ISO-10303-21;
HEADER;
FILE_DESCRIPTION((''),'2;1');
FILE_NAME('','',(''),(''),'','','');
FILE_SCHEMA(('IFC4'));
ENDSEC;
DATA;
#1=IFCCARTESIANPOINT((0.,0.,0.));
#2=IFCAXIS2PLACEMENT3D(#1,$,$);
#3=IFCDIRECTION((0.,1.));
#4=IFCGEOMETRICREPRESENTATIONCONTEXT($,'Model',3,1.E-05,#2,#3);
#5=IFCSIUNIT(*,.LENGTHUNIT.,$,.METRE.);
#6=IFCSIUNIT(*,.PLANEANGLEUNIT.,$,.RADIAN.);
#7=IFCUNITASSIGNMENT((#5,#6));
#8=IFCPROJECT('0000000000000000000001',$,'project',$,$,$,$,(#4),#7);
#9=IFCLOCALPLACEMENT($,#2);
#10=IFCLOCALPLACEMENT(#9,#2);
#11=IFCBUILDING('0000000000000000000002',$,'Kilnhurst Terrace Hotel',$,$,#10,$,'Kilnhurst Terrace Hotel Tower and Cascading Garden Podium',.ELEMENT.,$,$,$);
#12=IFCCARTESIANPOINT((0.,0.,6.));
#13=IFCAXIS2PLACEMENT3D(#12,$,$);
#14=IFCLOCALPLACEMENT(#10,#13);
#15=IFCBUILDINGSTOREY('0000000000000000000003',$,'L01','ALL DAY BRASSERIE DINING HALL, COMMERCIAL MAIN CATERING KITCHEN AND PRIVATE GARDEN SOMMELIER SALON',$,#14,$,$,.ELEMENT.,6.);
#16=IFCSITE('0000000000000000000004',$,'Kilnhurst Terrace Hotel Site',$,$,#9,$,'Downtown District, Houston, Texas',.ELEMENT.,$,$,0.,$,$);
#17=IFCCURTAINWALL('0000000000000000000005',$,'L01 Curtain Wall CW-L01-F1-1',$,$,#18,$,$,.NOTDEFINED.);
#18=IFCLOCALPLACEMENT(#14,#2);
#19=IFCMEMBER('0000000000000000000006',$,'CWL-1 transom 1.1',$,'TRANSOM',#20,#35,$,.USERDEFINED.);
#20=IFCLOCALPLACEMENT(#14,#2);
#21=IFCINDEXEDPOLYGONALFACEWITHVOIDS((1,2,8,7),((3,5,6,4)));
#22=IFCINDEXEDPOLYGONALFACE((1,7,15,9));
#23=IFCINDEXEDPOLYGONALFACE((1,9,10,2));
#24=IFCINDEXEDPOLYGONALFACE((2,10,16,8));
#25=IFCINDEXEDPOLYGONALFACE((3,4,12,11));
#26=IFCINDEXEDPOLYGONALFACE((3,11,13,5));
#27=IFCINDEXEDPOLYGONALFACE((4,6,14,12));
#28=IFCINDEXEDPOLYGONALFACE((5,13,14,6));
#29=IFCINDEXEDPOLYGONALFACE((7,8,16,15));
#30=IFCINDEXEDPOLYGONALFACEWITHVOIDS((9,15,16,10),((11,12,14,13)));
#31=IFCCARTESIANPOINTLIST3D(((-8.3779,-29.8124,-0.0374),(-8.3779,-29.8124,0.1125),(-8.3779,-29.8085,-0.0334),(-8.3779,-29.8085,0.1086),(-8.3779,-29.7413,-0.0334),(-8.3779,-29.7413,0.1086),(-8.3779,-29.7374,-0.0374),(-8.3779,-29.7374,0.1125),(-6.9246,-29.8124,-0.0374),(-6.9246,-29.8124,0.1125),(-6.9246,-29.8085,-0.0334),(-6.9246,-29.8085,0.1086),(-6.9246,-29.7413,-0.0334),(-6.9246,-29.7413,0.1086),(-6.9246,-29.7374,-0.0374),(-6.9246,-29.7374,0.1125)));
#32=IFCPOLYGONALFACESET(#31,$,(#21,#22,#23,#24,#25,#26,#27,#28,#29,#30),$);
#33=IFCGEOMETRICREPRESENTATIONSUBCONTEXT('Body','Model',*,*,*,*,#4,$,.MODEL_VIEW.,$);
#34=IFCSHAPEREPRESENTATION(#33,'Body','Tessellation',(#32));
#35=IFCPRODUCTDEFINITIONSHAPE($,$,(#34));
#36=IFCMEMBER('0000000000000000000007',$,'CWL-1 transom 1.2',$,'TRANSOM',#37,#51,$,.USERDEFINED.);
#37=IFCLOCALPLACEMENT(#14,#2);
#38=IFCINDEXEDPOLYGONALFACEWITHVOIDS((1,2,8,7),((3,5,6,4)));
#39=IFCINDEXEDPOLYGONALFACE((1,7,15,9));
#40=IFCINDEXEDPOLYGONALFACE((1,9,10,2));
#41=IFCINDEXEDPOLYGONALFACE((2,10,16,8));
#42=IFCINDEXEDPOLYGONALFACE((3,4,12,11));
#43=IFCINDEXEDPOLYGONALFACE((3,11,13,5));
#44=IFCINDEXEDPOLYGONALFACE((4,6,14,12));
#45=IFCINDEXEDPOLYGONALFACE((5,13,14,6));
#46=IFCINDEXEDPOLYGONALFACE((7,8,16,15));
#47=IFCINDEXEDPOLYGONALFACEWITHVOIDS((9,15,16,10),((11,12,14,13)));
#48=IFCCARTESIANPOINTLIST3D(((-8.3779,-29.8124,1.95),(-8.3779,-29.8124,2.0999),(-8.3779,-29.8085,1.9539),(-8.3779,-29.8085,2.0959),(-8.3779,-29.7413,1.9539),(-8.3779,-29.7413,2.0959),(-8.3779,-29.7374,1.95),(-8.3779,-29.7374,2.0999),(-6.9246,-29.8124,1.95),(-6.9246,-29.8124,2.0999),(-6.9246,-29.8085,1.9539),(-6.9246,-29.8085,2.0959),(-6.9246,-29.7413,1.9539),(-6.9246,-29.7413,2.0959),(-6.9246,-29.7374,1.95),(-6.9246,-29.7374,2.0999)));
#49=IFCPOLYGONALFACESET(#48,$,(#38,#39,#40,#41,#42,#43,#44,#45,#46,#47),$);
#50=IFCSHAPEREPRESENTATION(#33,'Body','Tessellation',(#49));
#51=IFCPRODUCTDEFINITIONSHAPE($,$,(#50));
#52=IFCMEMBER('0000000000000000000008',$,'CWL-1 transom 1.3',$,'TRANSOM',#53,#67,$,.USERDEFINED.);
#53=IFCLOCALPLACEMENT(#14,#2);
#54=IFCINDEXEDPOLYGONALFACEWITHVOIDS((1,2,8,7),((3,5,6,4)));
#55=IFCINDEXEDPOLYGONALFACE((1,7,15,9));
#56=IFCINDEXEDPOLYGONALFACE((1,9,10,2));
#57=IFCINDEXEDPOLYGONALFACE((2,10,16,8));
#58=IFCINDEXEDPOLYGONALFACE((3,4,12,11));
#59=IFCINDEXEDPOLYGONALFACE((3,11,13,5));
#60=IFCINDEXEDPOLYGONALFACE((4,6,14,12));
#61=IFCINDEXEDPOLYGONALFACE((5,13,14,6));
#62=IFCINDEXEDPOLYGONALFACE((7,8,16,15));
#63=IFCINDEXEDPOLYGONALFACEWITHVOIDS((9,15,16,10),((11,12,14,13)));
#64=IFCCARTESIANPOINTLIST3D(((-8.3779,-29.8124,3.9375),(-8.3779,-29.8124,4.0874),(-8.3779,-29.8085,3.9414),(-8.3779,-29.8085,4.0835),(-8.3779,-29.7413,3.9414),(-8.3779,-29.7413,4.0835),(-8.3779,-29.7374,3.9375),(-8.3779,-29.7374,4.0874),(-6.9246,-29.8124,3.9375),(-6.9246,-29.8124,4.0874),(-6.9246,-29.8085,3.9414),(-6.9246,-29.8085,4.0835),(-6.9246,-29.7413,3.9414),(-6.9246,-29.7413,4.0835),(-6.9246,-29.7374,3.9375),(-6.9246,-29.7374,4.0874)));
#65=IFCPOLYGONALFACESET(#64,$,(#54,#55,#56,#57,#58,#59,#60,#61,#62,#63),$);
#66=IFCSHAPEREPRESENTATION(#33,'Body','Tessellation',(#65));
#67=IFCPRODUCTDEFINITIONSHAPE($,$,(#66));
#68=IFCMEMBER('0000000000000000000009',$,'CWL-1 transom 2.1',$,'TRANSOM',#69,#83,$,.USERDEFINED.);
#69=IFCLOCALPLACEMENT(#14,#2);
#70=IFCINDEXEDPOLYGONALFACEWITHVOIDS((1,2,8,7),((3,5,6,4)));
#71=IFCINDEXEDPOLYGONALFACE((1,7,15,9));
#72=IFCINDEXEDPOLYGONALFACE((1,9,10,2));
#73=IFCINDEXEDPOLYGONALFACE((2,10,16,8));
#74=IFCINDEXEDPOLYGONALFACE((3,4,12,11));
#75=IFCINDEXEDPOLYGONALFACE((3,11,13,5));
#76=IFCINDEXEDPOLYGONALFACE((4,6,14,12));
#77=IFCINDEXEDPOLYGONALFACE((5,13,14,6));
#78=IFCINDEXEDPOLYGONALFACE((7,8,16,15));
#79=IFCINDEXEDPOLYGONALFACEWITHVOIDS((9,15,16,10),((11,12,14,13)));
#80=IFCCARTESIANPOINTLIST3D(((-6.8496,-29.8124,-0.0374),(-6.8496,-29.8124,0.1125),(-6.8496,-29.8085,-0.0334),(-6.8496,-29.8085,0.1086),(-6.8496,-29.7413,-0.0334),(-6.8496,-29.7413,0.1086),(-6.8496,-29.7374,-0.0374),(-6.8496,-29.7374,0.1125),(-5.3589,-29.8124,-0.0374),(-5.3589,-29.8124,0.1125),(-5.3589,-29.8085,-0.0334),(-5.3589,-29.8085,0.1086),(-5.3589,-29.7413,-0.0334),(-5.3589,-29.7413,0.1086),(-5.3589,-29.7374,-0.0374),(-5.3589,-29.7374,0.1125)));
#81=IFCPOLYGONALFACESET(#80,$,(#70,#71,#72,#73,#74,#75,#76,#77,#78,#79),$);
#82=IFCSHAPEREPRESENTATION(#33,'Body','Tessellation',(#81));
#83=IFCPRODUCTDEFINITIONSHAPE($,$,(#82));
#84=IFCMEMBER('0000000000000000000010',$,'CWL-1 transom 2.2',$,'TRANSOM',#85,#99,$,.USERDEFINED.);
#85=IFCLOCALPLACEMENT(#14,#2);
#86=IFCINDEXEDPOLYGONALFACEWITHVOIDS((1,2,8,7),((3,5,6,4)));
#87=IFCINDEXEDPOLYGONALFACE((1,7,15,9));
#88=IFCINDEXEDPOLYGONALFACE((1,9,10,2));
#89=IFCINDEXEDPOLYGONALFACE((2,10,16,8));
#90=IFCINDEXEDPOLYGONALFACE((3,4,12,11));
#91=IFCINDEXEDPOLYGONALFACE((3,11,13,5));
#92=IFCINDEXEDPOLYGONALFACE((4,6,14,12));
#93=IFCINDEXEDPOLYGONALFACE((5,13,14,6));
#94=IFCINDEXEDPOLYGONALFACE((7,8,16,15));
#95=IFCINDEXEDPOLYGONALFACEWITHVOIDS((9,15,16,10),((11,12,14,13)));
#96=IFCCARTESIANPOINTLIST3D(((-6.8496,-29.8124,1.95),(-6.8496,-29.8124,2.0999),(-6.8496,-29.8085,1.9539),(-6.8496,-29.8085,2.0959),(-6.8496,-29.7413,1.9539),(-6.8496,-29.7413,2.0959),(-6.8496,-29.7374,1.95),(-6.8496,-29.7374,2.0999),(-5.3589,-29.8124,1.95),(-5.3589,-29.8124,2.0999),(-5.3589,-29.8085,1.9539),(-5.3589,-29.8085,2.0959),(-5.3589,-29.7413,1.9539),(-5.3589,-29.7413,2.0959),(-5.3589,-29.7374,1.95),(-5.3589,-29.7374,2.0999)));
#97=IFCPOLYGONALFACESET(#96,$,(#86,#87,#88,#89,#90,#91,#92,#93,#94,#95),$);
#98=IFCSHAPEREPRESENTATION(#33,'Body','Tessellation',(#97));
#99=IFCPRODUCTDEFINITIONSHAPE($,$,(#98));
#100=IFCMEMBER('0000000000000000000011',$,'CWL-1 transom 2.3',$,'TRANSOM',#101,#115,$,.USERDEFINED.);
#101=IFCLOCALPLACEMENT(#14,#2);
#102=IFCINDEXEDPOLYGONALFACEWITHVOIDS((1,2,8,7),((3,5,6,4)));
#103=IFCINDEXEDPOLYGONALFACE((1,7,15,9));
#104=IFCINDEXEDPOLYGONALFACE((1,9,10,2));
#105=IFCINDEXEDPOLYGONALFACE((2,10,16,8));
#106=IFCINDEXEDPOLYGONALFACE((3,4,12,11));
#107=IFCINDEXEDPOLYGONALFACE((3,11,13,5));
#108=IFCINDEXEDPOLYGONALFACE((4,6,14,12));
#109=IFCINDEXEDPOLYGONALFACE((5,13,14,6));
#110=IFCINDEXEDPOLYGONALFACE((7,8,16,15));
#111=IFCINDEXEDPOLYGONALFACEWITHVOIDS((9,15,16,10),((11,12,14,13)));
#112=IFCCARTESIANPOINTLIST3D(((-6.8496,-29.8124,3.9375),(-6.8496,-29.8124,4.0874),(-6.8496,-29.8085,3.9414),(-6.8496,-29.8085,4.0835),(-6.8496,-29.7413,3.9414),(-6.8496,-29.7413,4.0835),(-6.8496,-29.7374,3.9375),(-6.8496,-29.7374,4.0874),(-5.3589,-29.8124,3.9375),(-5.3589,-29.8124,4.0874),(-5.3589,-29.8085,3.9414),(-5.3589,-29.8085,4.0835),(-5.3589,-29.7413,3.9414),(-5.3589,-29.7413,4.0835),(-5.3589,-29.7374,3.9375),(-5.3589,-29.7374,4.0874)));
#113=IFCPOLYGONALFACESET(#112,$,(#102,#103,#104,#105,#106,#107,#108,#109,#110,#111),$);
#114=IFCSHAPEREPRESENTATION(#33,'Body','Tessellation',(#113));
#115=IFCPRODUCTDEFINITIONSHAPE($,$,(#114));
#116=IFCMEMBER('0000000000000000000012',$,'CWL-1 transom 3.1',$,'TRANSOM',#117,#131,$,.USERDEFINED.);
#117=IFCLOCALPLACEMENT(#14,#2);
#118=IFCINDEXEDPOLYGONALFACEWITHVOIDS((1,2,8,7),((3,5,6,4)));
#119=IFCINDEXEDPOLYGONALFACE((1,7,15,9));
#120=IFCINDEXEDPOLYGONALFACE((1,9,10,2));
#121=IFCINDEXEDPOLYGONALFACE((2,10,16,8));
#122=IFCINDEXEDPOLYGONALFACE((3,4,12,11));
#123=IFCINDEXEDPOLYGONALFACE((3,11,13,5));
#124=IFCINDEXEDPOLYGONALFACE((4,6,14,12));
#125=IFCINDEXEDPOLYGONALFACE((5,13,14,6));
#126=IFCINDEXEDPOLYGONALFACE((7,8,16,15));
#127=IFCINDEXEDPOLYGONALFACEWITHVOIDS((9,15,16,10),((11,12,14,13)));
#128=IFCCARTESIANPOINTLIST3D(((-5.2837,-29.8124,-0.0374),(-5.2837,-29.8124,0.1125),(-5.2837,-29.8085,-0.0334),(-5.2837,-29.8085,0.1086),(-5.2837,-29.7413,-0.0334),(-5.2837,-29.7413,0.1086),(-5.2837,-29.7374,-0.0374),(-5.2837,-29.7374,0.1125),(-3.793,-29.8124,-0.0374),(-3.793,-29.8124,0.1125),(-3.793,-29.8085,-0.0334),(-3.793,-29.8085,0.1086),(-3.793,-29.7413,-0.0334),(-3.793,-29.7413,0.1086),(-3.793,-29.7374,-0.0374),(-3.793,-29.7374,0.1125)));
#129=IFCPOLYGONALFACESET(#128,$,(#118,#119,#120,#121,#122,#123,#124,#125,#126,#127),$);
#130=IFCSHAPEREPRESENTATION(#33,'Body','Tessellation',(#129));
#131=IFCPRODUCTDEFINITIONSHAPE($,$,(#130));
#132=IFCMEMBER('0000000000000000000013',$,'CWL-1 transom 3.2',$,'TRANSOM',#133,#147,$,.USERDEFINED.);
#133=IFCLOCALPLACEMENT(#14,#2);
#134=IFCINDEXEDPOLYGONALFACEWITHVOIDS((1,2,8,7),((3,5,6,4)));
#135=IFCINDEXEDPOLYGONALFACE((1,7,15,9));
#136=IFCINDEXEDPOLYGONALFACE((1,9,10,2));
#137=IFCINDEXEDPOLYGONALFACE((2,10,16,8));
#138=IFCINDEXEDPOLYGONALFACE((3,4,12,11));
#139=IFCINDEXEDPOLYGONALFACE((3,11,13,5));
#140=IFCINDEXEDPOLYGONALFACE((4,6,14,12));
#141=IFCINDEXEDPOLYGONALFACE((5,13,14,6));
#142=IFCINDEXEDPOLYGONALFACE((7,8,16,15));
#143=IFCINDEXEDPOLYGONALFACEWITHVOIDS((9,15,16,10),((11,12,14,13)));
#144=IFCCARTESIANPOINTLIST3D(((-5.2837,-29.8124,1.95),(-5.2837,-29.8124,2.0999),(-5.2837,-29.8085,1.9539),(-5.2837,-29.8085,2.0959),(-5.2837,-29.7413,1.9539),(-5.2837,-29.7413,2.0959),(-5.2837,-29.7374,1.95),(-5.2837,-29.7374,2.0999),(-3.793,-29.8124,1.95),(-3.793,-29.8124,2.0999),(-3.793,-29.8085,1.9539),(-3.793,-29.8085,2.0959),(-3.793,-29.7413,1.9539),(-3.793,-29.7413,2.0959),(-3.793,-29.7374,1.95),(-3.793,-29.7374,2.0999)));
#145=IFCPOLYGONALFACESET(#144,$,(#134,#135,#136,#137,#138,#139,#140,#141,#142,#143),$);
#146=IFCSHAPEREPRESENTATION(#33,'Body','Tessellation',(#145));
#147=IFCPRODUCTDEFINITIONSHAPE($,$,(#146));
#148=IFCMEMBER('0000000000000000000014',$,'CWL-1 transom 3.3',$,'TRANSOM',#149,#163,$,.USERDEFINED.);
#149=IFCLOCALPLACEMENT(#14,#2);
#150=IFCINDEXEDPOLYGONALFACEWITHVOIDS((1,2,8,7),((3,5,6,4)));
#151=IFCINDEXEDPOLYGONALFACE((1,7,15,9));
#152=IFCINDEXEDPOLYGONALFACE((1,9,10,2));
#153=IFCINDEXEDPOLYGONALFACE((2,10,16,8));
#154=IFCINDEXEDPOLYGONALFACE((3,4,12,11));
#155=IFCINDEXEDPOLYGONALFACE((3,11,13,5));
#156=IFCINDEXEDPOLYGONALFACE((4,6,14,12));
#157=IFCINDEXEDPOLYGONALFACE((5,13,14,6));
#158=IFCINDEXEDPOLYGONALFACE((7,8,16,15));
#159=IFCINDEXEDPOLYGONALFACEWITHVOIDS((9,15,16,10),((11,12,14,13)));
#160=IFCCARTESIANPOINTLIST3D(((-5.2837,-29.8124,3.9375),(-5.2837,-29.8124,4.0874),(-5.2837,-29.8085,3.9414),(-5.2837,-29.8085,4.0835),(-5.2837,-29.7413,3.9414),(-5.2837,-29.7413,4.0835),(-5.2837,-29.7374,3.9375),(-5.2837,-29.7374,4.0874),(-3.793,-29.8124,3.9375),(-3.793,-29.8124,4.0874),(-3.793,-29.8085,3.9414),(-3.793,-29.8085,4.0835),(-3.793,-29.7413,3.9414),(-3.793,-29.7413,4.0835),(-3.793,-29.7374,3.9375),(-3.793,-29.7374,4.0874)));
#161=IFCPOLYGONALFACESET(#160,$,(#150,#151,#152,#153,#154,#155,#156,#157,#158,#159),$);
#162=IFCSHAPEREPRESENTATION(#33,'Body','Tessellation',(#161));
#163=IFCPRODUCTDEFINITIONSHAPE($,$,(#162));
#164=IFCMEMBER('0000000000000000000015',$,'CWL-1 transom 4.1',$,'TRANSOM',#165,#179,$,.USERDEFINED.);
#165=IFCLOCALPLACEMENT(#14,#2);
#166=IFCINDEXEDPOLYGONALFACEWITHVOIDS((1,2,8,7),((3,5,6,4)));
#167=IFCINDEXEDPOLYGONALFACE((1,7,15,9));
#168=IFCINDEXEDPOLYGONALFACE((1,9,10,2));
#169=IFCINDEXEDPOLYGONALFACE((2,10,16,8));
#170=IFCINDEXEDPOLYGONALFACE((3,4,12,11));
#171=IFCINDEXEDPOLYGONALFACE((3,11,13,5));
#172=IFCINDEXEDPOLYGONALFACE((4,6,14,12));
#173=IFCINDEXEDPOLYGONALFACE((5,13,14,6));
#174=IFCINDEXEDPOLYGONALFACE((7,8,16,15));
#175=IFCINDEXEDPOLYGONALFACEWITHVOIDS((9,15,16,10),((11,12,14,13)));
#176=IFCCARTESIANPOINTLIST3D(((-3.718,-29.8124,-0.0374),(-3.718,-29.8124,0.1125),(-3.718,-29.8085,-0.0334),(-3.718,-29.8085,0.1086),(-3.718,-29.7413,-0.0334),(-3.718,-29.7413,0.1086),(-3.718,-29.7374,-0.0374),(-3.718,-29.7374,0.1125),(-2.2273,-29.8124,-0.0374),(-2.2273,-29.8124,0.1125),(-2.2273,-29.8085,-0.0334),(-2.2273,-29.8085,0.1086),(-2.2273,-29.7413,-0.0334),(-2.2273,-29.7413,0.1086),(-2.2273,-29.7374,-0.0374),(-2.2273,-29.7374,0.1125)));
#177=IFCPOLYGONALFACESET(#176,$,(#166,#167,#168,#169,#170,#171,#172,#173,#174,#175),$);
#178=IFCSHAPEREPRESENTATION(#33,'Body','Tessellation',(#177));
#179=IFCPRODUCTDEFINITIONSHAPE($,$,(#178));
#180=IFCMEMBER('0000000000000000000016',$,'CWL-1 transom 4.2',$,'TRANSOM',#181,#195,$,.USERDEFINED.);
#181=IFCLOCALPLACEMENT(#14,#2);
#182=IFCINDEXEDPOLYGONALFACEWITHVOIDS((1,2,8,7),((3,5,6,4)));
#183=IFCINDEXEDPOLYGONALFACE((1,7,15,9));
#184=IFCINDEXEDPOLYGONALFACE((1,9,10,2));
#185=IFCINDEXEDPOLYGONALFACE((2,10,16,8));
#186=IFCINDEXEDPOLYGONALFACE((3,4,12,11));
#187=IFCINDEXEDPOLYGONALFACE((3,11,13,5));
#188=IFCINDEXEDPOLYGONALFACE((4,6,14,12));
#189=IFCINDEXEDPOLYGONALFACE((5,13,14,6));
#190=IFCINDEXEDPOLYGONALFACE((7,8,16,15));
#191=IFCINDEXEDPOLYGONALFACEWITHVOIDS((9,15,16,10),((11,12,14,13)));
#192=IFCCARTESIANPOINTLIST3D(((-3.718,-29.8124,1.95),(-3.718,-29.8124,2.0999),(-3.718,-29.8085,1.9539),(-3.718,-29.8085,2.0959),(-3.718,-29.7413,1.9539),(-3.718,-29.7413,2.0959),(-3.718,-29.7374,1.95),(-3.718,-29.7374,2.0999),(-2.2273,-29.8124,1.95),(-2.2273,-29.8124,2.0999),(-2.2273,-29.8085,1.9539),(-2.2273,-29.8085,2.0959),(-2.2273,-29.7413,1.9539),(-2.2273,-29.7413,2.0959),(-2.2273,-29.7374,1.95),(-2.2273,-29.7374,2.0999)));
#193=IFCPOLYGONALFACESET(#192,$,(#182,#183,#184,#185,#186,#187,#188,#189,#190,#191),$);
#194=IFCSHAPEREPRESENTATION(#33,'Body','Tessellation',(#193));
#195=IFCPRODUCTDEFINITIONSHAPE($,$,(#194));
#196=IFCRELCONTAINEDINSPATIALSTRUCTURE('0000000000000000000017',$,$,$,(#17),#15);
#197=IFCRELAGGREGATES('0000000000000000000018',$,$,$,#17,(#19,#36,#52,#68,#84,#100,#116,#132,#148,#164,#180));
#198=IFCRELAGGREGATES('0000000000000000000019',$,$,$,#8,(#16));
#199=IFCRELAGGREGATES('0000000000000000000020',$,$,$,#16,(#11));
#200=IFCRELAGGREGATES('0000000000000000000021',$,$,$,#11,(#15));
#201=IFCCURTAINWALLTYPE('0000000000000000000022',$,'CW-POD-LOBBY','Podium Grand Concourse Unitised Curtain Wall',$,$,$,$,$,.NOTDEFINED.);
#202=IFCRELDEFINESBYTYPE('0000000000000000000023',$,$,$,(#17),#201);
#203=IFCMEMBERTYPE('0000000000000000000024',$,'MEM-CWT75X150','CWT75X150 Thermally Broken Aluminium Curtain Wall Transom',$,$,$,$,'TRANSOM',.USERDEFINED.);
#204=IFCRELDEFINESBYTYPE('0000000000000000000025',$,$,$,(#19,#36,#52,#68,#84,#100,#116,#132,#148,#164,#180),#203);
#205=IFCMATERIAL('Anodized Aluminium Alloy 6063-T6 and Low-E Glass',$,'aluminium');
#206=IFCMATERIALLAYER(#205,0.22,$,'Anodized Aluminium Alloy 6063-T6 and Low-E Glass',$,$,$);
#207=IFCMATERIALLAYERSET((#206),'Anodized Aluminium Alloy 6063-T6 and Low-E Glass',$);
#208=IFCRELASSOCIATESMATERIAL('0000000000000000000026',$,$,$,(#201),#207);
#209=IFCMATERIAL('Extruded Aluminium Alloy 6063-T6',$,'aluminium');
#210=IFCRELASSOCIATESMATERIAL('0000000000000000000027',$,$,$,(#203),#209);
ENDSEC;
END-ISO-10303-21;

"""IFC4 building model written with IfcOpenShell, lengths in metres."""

from ifc_helpers import new_model, si_unit, direction, frame, origin, origin_2d, place, context, subcontext, project, spatial, hollow_rectangle, extrude, material, layer, layer_set, material_profile, profile_set, type_object, element, aggregate, save


model = new_model("IFC4")

# Units and contexts
model_context = context("Model", 3, precision=1e-05, world=origin(), true_north=direction((0.0, 1.0)))
body_context = subcontext(model_context, "Body", "Model", "MODEL_VIEW")
ifc_project = project(units=[si_unit("LENGTHUNIT", "METRE"), si_unit("PLANEANGLEUNIT", "RADIAN")], contexts=[model_context])

# Site, building, storey
site_placement = place(None, origin())
site = spatial("IfcSite", under=ifc_project, at=site_placement, Name="Kilnhurst Terrace Hotel Site", LongName="Downtown District, Houston, Texas", CompositionType="ELEMENT", RefElevation=0.0)
building_placement = place(site_placement, origin())
building = spatial("IfcBuilding", under=site, at=building_placement, Name="Kilnhurst Terrace Hotel", LongName="Kilnhurst Terrace Hotel Tower and Cascading Garden Podium", CompositionType="ELEMENT")
storey_placement = place(building_placement, frame((0.0, 0.0, 6.0)))
storey = spatial("IfcBuildingStorey", under=building, at=storey_placement, Name="L01", Description="ALL DAY BRASSERIE DINING HALL, COMMERCIAL MAIN CATERING KITCHEN AND PRIVATE GARDEN SOMMELIER SALON", CompositionType="ELEMENT", Elevation=6.0)

# Curtain wall, members
ifc_material_1 = material(Name="Anodized Aluminium Alloy 6063-T6 and Low-E Glass", Category="aluminium")
ifc_layer_1 = layer(ifc_material_1, 0.22, Name="Anodized Aluminium Alloy 6063-T6 and Low-E Glass")
ifc_layer_set_1 = layer_set([ifc_layer_1], Name="Anodized Aluminium Alloy 6063-T6 and Low-E Glass")
curtain_wall_type = type_object("IfcCurtainWallType", Name="CW-POD-LOBBY", Description="Podium Grand Concourse Unitised Curtain Wall", PredefinedType="NOTDEFINED", material=ifc_layer_set_1)
curtain_wall_placement = place(storey_placement, origin())
curtain_wall = element("IfcCurtainWall", 1, at=curtain_wall_placement, inside=storey, type_object=curtain_wall_type, Name="L01 Curtain Wall CW-L01-F1-1", PredefinedType="NOTDEFINED")
ifc_material_2 = material(Name="Extruded Aluminium Alloy 6063-T6", Category="aluminium")
ifc_material_profile_1 = material_profile(ifc_material_2, hollow_rectangle(XDim=0.075, YDim=0.1499, WallThickness=0.0039, at=origin_2d()), Name="CWT75X150")
ifc_profile_set_1 = profile_set([ifc_material_profile_1], Name="Extruded Aluminium Alloy 6063-T6")
member_type_1 = type_object("IfcMemberType", Name="MEM-CWT75X150", Description="CWT75X150 Thermally Broken Aluminium Curtain Wall Transom", ElementType="TRANSOM", PredefinedType="USERDEFINED", material=ifc_profile_set_1)
member_1_placement = place(storey_placement, frame((-8.3779, -29.7749, 0.0376), z_axis=(1.0, 0.0, 0.0), x_axis=(0.0, 1.0, 0.0)))
member_1 = element("IfcMember", 2, at=member_1_placement, type_object=member_type_1, Name="CWL-1 transom 1.1", ObjectType="TRANSOM", PredefinedType="USERDEFINED", context=body_context, shape_type="SweptSolid", body=[
    extrude(hollow_rectangle(XDim=0.075, YDim=0.1499, WallThickness=0.0039, at=origin_2d()), origin(), (0.0, 0.0, 1.0), 1.4534),
])
member_2_placement = place(storey_placement, frame((-8.3779, -29.7749, 2.0249), z_axis=(1.0, 0.0, 0.0), x_axis=(0.0, 1.0, 0.0)))
member_2 = element("IfcMember", 3, at=member_2_placement, type_object=member_type_1, Name="CWL-1 transom 1.2", ObjectType="TRANSOM", PredefinedType="USERDEFINED", context=body_context, shape_type="SweptSolid", body=[
    extrude(hollow_rectangle(XDim=0.075, YDim=0.1499, WallThickness=0.0039, at=origin_2d()), origin(), (0.0, 0.0, 1.0), 1.4534),
])
member_3_placement = place(storey_placement, frame((-8.3779, -29.7749, 4.0125), z_axis=(1.0, 0.0, 0.0), x_axis=(0.0, 1.0, 0.0)))
member_3 = element("IfcMember", 4, at=member_3_placement, type_object=member_type_1, Name="CWL-1 transom 1.3", ObjectType="TRANSOM", PredefinedType="USERDEFINED", context=body_context, shape_type="SweptSolid", body=[
    extrude(hollow_rectangle(XDim=0.075, YDim=0.1499, WallThickness=0.0039, at=origin_2d()), origin(), (0.0, 0.0, 1.0), 1.4534),
])
member_4_placement = place(storey_placement, frame((-6.8496, -29.7749, 0.0376), z_axis=(1.0, 0.0, 0.0), x_axis=(0.0, 1.0, 0.0)))
member_4 = element("IfcMember", 5, at=member_4_placement, type_object=member_type_1, Name="CWL-1 transom 2.1", ObjectType="TRANSOM", PredefinedType="USERDEFINED", context=body_context, shape_type="SweptSolid", body=[
    extrude(hollow_rectangle(XDim=0.075, YDim=0.1499, WallThickness=0.0039, at=origin_2d()), origin(), (0.0, 0.0, 1.0), 1.4907),
])
member_5_placement = place(storey_placement, frame((-6.8496, -29.7749, 2.0249), z_axis=(1.0, 0.0, 0.0), x_axis=(0.0, 1.0, 0.0)))
member_5 = element("IfcMember", 6, at=member_5_placement, type_object=member_type_1, Name="CWL-1 transom 2.2", ObjectType="TRANSOM", PredefinedType="USERDEFINED", context=body_context, shape_type="SweptSolid", body=[
    extrude(hollow_rectangle(XDim=0.075, YDim=0.1499, WallThickness=0.0039, at=origin_2d()), origin(), (0.0, 0.0, 1.0), 1.4907),
])
member_6_placement = place(storey_placement, frame((-6.8496, -29.7749, 4.0125), z_axis=(1.0, 0.0, 0.0), x_axis=(0.0, 1.0, 0.0)))
member_6 = element("IfcMember", 7, at=member_6_placement, type_object=member_type_1, Name="CWL-1 transom 2.3", ObjectType="TRANSOM", PredefinedType="USERDEFINED", context=body_context, shape_type="SweptSolid", body=[
    extrude(hollow_rectangle(XDim=0.075, YDim=0.1499, WallThickness=0.0039, at=origin_2d()), origin(), (0.0, 0.0, 1.0), 1.4907),
])
member_7_placement = place(storey_placement, frame((-5.2837, -29.7749, 0.0376), z_axis=(1.0, 0.0, 0.0), x_axis=(0.0, 1.0, 0.0)))
member_7 = element("IfcMember", 8, at=member_7_placement, type_object=member_type_1, Name="CWL-1 transom 3.1", ObjectType="TRANSOM", PredefinedType="USERDEFINED", context=body_context, shape_type="SweptSolid", body=[
    extrude(hollow_rectangle(XDim=0.075, YDim=0.1499, WallThickness=0.0039, at=origin_2d()), origin(), (0.0, 0.0, 1.0), 1.4907),
])
member_8_placement = place(storey_placement, frame((-5.2837, -29.7749, 2.0249), z_axis=(1.0, 0.0, 0.0), x_axis=(0.0, 1.0, 0.0)))
member_8 = element("IfcMember", 9, at=member_8_placement, type_object=member_type_1, Name="CWL-1 transom 3.2", ObjectType="TRANSOM", PredefinedType="USERDEFINED", context=body_context, shape_type="SweptSolid", body=[
    extrude(hollow_rectangle(XDim=0.075, YDim=0.1499, WallThickness=0.0039, at=origin_2d()), origin(), (0.0, 0.0, 1.0), 1.4907),
])
member_9_placement = place(storey_placement, frame((-5.2837, -29.7749, 4.0125), z_axis=(1.0, 0.0, 0.0), x_axis=(0.0, 1.0, 0.0)))
member_9 = element("IfcMember", 10, at=member_9_placement, type_object=member_type_1, Name="CWL-1 transom 3.3", ObjectType="TRANSOM", PredefinedType="USERDEFINED", context=body_context, shape_type="SweptSolid", body=[
    extrude(hollow_rectangle(XDim=0.075, YDim=0.1499, WallThickness=0.0039, at=origin_2d()), origin(), (0.0, 0.0, 1.0), 1.4907),
])
member_10_placement = place(storey_placement, frame((-3.718, -29.7749, 0.0376), z_axis=(1.0, 0.0, 0.0), x_axis=(0.0, 1.0, 0.0)))
member_10 = element("IfcMember", 11, at=member_10_placement, type_object=member_type_1, Name="CWL-1 transom 4.1", ObjectType="TRANSOM", PredefinedType="USERDEFINED", context=body_context, shape_type="SweptSolid", body=[
    extrude(hollow_rectangle(XDim=0.075, YDim=0.1499, WallThickness=0.0039, at=origin_2d()), origin(), (0.0, 0.0, 1.0), 1.4907),
])
member_11_placement = place(storey_placement, frame((-3.718, -29.7749, 2.0249), z_axis=(1.0, 0.0, 0.0), x_axis=(0.0, 1.0, 0.0)))
member_11 = element("IfcMember", 12, at=member_11_placement, type_object=member_type_1, Name="CWL-1 transom 4.2", ObjectType="TRANSOM", PredefinedType="USERDEFINED", context=body_context, shape_type="SweptSolid", body=[
    extrude(hollow_rectangle(XDim=0.075, YDim=0.1499, WallThickness=0.0039, at=origin_2d()), origin(), (0.0, 0.0, 1.0), 1.4907),
])
aggregate(curtain_wall, [member_1, member_2, member_3, member_4, member_5, member_6, member_7, member_8, member_9, member_10, member_11])

save(model, "model.ifc")
